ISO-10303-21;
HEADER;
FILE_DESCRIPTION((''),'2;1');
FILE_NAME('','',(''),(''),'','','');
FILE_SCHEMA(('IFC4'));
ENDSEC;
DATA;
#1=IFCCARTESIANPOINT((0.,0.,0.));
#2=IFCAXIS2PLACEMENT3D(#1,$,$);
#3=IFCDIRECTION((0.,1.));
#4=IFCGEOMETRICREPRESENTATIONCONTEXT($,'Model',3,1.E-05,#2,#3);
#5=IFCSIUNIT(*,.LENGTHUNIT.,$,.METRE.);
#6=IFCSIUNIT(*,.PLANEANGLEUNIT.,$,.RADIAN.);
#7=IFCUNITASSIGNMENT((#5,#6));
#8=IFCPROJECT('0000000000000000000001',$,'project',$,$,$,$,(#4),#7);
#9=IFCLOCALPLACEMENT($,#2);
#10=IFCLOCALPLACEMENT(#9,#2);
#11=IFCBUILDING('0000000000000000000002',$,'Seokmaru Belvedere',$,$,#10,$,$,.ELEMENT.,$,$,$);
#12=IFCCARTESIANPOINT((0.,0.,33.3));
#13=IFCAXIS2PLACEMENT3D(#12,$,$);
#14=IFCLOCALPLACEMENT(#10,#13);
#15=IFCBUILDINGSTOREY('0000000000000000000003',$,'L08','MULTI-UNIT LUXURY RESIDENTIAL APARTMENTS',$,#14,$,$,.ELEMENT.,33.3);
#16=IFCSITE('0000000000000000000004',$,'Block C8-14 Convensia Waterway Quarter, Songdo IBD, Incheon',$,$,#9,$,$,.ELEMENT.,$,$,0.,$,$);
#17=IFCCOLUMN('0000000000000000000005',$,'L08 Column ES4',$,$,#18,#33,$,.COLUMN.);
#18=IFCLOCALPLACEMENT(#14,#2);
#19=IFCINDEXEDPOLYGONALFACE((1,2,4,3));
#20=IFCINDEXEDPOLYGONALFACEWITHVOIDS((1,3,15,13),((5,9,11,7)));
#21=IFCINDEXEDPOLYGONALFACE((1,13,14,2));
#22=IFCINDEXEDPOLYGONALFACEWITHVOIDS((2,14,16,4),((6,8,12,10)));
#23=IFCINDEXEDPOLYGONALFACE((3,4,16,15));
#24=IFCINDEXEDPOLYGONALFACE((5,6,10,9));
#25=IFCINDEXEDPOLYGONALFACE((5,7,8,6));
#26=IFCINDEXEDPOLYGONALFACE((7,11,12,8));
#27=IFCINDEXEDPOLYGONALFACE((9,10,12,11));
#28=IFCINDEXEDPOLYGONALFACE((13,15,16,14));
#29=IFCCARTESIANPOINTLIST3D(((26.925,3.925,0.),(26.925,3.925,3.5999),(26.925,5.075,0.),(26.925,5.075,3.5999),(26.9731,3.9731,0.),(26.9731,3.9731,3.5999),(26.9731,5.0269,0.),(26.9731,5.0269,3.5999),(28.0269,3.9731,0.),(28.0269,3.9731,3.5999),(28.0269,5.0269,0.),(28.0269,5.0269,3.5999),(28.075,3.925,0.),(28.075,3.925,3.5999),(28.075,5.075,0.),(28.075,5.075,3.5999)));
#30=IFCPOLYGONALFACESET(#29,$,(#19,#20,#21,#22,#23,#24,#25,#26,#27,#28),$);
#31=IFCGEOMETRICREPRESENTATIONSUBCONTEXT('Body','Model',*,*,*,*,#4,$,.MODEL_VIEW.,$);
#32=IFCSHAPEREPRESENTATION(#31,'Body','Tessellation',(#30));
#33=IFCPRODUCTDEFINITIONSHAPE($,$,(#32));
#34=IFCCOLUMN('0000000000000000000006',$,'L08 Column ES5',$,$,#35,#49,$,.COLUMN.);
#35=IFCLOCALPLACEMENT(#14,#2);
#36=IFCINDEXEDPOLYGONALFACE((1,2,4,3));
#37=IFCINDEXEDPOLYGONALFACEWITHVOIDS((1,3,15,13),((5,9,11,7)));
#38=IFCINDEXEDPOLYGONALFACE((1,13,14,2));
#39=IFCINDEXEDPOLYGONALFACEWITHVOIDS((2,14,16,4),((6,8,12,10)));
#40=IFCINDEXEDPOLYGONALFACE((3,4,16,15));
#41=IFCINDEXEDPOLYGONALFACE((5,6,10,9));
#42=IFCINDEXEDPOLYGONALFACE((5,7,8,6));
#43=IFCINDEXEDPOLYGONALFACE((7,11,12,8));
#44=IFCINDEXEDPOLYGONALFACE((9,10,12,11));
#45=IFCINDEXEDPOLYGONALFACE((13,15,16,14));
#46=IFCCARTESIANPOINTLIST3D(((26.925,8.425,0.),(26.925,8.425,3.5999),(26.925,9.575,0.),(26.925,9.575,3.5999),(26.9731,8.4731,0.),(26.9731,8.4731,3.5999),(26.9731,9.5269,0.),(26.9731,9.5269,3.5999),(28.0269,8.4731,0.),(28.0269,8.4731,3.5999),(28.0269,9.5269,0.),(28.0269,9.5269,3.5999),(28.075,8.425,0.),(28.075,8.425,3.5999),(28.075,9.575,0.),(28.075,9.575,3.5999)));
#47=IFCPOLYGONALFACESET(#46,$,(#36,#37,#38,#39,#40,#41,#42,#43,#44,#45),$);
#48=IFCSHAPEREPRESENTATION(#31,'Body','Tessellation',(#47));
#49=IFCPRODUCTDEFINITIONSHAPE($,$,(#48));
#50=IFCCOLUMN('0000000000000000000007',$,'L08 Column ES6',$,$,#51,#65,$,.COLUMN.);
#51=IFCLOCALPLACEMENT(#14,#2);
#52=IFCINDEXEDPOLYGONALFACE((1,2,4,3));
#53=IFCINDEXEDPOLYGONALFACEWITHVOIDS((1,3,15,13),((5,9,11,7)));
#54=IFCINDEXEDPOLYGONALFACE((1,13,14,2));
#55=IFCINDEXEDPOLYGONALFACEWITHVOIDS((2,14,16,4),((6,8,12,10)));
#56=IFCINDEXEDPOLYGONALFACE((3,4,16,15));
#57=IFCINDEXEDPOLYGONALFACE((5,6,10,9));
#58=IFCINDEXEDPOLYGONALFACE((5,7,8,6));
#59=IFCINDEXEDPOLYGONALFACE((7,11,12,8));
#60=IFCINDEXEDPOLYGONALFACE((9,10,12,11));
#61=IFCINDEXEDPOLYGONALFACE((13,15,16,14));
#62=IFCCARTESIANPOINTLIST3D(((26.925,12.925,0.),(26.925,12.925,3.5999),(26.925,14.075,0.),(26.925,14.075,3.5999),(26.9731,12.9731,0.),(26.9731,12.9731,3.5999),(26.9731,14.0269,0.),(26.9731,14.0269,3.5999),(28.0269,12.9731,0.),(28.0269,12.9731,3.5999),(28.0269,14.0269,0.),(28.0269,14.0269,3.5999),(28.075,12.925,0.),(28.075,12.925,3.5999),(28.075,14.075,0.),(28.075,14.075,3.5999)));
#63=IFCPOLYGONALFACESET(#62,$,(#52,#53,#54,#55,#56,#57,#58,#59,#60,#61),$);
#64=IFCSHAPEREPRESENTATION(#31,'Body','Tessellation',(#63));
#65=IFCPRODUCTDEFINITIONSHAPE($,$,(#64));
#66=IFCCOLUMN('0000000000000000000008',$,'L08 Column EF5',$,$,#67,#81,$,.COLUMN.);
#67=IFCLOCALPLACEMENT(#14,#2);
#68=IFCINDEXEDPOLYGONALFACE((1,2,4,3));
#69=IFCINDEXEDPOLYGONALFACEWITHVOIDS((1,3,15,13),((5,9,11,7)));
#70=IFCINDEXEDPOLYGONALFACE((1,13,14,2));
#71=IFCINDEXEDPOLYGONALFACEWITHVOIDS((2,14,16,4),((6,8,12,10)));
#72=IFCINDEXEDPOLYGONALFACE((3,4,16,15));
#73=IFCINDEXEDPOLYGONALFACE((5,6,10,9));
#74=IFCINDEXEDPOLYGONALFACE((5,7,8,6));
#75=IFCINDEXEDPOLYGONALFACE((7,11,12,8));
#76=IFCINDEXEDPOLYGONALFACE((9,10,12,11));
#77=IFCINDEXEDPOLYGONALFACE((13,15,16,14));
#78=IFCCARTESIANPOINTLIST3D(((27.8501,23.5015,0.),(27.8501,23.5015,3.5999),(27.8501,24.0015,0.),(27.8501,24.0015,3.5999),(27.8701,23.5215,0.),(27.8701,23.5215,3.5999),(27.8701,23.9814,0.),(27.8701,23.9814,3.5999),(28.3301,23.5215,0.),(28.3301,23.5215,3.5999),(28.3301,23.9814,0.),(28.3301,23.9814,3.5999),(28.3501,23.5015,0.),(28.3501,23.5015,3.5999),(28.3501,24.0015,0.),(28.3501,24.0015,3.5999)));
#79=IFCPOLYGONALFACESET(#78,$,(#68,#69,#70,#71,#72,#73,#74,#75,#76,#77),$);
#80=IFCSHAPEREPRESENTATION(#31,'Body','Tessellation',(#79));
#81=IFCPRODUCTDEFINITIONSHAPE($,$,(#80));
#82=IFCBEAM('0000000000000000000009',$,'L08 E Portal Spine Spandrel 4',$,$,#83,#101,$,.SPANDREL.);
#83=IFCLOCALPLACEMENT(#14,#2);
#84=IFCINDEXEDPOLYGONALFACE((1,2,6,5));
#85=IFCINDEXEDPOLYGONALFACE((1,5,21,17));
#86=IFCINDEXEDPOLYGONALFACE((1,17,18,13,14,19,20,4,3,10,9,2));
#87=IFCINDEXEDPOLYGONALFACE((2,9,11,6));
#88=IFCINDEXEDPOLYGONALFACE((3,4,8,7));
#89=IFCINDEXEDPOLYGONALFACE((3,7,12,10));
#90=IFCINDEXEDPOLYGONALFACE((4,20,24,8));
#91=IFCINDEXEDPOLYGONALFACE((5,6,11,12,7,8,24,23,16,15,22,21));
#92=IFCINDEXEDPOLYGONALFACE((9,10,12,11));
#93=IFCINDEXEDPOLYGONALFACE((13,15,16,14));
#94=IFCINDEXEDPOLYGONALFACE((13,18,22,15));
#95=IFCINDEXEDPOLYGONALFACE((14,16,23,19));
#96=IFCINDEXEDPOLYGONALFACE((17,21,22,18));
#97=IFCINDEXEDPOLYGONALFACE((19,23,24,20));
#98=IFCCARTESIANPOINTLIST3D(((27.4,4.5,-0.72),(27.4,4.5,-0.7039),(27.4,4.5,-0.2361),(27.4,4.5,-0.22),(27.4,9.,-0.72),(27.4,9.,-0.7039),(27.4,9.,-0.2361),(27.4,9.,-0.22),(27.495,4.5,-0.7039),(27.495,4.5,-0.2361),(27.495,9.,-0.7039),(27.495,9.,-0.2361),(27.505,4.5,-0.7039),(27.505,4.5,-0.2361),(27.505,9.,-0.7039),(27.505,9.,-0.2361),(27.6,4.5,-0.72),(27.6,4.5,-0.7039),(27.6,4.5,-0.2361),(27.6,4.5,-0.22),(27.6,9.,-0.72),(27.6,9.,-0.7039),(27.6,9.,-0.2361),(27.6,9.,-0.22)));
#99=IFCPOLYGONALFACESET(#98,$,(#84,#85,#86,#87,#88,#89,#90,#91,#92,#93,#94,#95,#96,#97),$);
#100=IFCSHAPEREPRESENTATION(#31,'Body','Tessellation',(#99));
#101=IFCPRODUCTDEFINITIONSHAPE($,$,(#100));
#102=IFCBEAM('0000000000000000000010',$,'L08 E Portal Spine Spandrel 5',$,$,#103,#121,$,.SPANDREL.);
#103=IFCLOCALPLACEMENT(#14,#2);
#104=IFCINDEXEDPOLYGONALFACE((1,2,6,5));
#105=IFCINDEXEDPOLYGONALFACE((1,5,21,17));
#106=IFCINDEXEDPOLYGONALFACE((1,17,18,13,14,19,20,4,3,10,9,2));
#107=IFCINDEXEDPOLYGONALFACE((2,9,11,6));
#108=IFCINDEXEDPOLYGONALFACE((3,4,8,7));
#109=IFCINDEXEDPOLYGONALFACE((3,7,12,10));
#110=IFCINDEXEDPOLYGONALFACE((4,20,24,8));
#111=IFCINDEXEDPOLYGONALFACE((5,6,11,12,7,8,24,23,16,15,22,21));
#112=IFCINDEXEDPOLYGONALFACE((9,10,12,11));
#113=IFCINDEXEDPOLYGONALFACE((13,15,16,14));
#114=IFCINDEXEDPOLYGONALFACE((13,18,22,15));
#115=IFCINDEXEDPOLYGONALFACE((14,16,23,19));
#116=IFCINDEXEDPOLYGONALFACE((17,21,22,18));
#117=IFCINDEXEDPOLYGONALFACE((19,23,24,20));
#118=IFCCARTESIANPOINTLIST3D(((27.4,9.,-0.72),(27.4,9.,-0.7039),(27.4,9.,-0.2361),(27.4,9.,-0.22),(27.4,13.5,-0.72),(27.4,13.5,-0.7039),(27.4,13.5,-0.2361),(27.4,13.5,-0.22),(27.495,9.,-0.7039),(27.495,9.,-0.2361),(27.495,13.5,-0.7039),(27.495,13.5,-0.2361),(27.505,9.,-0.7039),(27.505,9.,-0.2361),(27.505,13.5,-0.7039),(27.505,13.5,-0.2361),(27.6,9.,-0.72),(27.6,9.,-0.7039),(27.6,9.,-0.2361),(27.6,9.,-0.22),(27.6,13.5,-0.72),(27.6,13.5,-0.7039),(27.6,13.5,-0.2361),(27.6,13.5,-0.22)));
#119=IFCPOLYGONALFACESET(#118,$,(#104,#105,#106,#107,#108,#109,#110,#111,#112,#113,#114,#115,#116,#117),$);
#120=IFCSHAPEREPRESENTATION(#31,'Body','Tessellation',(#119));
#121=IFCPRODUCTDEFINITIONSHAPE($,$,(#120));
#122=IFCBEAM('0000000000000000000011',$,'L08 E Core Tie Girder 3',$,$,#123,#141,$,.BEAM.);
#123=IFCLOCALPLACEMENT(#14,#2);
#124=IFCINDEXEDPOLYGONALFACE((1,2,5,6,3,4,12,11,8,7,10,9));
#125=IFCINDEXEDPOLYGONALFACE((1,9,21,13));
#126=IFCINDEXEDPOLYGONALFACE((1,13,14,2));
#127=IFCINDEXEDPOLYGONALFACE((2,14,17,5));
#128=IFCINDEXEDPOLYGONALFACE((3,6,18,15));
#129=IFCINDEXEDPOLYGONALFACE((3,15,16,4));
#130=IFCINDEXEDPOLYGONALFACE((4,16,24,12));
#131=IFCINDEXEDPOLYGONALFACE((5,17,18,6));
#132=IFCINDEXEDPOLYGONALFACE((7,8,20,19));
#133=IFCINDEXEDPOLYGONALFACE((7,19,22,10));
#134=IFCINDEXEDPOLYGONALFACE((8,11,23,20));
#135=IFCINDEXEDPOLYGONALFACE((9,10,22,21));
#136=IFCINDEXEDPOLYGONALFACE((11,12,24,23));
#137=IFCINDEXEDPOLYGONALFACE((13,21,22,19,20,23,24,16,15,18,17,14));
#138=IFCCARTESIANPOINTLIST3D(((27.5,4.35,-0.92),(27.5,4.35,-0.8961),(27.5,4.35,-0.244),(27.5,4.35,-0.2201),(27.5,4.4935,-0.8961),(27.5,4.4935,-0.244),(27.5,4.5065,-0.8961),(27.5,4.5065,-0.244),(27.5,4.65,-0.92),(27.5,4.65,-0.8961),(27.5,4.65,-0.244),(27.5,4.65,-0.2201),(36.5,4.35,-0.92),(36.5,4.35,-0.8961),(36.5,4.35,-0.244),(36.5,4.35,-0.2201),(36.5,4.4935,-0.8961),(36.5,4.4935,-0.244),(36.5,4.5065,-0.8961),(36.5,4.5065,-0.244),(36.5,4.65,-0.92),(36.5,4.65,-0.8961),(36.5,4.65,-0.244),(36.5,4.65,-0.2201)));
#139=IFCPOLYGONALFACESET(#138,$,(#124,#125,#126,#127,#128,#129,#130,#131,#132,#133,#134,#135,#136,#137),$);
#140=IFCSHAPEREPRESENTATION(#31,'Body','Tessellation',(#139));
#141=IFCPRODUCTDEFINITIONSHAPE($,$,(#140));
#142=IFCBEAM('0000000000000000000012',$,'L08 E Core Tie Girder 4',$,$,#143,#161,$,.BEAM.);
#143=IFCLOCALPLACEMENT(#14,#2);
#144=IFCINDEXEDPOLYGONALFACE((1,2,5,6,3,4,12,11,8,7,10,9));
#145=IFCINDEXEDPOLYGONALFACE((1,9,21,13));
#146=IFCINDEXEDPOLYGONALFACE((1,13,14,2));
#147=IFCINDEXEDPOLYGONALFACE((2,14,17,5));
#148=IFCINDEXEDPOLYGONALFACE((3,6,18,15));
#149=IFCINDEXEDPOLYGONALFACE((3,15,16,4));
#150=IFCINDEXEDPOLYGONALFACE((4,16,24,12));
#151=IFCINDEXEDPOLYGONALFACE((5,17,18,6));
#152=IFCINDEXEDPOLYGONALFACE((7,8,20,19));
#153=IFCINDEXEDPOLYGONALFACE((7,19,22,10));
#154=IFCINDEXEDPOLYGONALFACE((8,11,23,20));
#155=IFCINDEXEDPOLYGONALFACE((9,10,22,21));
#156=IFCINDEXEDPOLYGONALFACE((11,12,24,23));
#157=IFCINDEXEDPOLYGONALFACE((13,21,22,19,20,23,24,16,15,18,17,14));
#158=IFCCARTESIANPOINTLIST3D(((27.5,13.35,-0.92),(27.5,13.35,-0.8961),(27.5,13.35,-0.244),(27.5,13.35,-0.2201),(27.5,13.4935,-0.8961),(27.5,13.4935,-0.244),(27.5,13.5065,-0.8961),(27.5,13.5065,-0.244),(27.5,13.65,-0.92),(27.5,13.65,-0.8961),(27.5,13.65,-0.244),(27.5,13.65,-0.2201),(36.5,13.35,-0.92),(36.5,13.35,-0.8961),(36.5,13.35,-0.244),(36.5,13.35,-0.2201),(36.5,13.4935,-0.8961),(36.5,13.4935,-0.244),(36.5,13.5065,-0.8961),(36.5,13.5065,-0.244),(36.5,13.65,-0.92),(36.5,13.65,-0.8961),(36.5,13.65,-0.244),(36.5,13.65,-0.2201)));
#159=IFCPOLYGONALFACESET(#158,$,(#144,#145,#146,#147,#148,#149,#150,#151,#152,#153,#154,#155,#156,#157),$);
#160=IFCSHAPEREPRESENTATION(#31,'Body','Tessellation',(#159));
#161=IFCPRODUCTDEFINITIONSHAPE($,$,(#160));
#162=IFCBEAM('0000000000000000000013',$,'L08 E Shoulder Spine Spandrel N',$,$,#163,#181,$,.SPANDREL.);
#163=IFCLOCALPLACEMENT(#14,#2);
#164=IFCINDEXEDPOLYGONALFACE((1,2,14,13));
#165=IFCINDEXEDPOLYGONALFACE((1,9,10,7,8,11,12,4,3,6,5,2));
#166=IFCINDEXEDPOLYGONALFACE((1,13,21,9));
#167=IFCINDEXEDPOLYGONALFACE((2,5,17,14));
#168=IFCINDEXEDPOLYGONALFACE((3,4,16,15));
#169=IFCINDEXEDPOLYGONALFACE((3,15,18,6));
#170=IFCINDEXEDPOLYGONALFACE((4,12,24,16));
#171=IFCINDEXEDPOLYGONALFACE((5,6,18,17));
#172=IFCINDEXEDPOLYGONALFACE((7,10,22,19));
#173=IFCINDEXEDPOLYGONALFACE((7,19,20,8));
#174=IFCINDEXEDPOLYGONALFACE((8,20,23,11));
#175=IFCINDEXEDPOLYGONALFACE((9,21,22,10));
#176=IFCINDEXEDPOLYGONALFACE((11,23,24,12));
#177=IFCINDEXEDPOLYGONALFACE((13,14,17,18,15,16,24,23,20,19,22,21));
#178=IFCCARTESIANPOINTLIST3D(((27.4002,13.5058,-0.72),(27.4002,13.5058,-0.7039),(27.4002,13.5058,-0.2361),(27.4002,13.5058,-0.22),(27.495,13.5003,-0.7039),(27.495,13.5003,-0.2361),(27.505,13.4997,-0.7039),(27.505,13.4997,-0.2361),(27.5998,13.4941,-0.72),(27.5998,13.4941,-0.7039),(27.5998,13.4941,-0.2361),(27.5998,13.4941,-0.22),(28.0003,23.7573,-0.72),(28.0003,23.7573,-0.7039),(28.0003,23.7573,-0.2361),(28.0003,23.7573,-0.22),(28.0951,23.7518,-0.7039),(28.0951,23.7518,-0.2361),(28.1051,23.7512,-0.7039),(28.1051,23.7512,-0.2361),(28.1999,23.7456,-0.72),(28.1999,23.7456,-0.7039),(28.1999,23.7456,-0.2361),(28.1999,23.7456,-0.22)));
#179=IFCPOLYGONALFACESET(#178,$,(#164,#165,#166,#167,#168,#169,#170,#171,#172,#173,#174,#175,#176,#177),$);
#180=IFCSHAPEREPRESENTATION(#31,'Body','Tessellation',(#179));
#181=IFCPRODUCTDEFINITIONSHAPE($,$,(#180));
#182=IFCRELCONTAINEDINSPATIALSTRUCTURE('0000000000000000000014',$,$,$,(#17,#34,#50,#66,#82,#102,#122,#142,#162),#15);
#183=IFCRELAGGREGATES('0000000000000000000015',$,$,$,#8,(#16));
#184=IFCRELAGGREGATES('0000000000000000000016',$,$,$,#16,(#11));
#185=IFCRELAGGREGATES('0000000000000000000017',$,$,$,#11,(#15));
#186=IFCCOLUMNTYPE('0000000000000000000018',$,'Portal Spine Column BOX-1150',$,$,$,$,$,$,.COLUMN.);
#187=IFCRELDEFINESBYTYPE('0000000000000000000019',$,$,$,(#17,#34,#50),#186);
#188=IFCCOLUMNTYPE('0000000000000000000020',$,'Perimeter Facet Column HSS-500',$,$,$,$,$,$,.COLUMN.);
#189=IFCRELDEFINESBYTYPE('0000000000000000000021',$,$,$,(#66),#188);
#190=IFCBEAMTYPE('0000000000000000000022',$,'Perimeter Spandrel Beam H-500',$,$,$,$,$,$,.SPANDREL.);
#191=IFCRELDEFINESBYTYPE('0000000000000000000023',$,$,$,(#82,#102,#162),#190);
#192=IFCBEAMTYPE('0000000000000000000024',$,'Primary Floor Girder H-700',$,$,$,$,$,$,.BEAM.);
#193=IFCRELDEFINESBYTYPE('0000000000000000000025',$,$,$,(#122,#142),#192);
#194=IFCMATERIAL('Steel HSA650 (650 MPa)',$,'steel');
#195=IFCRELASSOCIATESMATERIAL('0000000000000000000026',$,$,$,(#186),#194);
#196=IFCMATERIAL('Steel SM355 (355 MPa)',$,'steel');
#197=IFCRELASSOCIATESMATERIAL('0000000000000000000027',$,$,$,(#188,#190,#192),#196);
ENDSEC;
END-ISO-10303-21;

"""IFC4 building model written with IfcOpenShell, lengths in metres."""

from ifc_helpers import new_model, si_unit, direction, frame, origin, origin_2d, place, context, subcontext, project, spatial, hollow_rectangle, i_section, extrude, source, transform, mapped, material, material_profile, profile_set, type_object, type_shapes, element, save


model = new_model("IFC4")

# Units and contexts
model_context = context("Model", 3, precision=1e-05, world=origin(), true_north=direction((0.0, 1.0)))
body_context = subcontext(model_context, "Body", "Model", "MODEL_VIEW")
ifc_project = project(units=[si_unit("LENGTHUNIT", "METRE"), si_unit("PLANEANGLEUNIT", "RADIAN")], contexts=[model_context])

# Site, building, storey
site_placement = place(None, origin())
site = spatial("IfcSite", under=ifc_project, at=site_placement, Name="Block C8-14 Convensia Waterway Quarter, Songdo IBD, Incheon", CompositionType="ELEMENT", RefElevation=0.0)
building_placement = place(site_placement, origin())
building = spatial("IfcBuilding", under=site, at=building_placement, Name="Seokmaru Belvedere", CompositionType="ELEMENT")
storey_placement = place(building_placement, frame((0.0, 0.0, 33.3)))
storey = spatial("IfcBuildingStorey", under=building, at=storey_placement, Name="L08", Description="MULTI-UNIT LUXURY RESIDENTIAL APARTMENTS", CompositionType="ELEMENT", Elevation=33.3)

# Columns
ifc_material_1 = material(Name="Steel HSA650 (650 MPa)", Category="steel")
ifc_material_profile_1 = material_profile(ifc_material_1, hollow_rectangle(XDim=1.1499, YDim=1.1499, WallThickness=0.0481, at=origin_2d()), Name="BOX-1150x1150x48")
ifc_profile_set_1 = profile_set([ifc_material_profile_1], Name="Steel HSA650 (650 MPa)")
column_type_1 = type_object("IfcColumnType", Name="Portal Spine Column BOX-1150", PredefinedType="COLUMN", material=ifc_profile_set_1)
shared_shape_1 = source(origin(), body_context, "Body", "SweptSolid", [
    extrude(hollow_rectangle(XDim=1.1499, YDim=1.1499, WallThickness=0.0481, at=origin_2d()), origin(), (0.0, 0.0, 1.0), 3.5999),
])
type_shapes(column_type_1, [shared_shape_1])
for number, where, z_axis, x_axis, name in (
    (1, (27.5, 4.5, 0.0), (0.0, 0.0, 1.0), (1.0, 0.0, 0.0), "L08 Column ES4"),
    (2, (27.5, 9.0, 0.0), (0.0, 0.0, 1.0), (1.0, 0.0, 0.0), "L08 Column ES5"),
    (3, (27.5, 13.5, 0.0), (0.0, 0.0, 1.0), (1.0, 0.0, 0.0), "L08 Column ES6"),
):
    element("IfcColumn", number, at=place(storey_placement, frame(where, z_axis=z_axis, x_axis=x_axis)), inside=storey, type_object=column_type_1, Name=name, PredefinedType="COLUMN", context=body_context, shape_type="MappedRepresentation", body=[
        mapped(shared_shape_1, transform((0.0, 0.0, 0.0), scale=1.0)),
    ])
ifc_material_2 = material(Name="Steel SM355 (355 MPa)", Category="steel")
ifc_material_profile_2 = material_profile(ifc_material_2, hollow_rectangle(XDim=0.5, YDim=0.5, WallThickness=0.02, at=origin_2d()), Name="HSS-500x500x20")
ifc_profile_set_2 = profile_set([ifc_material_profile_2], Name="Steel SM355 (355 MPa)")
column_type_2 = type_object("IfcColumnType", Name="Perimeter Facet Column HSS-500", PredefinedType="COLUMN", material=ifc_profile_set_2)
shared_shape_2 = source(origin(), body_context, "Body", "SweptSolid", [
    extrude(hollow_rectangle(XDim=0.5, YDim=0.5, WallThickness=0.02, at=origin_2d()), origin(), (0.0, 0.0, 1.0), 3.5999),
])
type_shapes(column_type_2, [shared_shape_2])
column_placement = place(storey_placement, frame((28.1001, 23.7515, 0.0), z_axis=(0.0, 0.0, 1.0), x_axis=(1.0, 0.0, 0.0)))
element("IfcColumn", 4, at=column_placement, inside=storey, type_object=column_type_2, Name="L08 Column EF5", PredefinedType="COLUMN", context=body_context, shape_type="MappedRepresentation", body=[
    mapped(shared_shape_2, transform((0.0, 0.0, 0.0), scale=1.0)),
])

# Beams
ifc_material_profile_3 = material_profile(ifc_material_2, i_section(OverallWidth=0.2, OverallDepth=0.5, WebThickness=0.01, FlangeThickness=0.0161, at=origin_2d()), Name="H-500x200x10x16")
ifc_profile_set_3 = profile_set([ifc_material_profile_3], Name="Steel SM355 (355 MPa)")
beam_type_1 = type_object("IfcBeamType", Name="Perimeter Spandrel Beam H-500", PredefinedType="SPANDREL", material=ifc_profile_set_3)
shared_shape_3 = source(origin(), body_context, "Body", "SweptSolid", [
    extrude(i_section(OverallWidth=0.2, OverallDepth=0.5, WebThickness=0.01, FlangeThickness=0.0161, at=origin_2d()), origin(), (0.0, 0.0, 1.0), 4.5),
])
for number, where, z_axis, x_axis, name in (
    (5, (27.5, 4.5, -0.47), (0.0, 1.0, 0.0), (-1.0, 0.0, 0.0), "L08 E Portal Spine Spandrel 4"),
    (6, (27.5, 9.0, -0.47), (0.0, 1.0, 0.0), (-1.0, 0.0, 0.0), "L08 E Portal Spine Spandrel 5"),
):
    element("IfcBeam", number, at=place(storey_placement, frame(where, z_axis=z_axis, x_axis=x_axis)), inside=storey, type_object=beam_type_1, Name=name, PredefinedType="SPANDREL", context=body_context, shape_type="MappedRepresentation", body=[
        mapped(shared_shape_3, transform((0.0, 0.0, 0.0), scale=1.0)),
    ])
ifc_material_profile_4 = material_profile(ifc_material_2, i_section(OverallWidth=0.3, OverallDepth=0.7, WebThickness=0.0129, FlangeThickness=0.0239, at=origin_2d()), Name="H-700x300x13x24")
ifc_profile_set_4 = profile_set([ifc_material_profile_4], Name="Steel SM355 (355 MPa)")
beam_type_2 = type_object("IfcBeamType", Name="Primary Floor Girder H-700", PredefinedType="BEAM", material=ifc_profile_set_4)
shared_shape_4 = source(origin(), body_context, "Body", "SweptSolid", [
    extrude(i_section(OverallWidth=0.3, OverallDepth=0.7, WebThickness=0.0129, FlangeThickness=0.0239, at=origin_2d()), origin(), (0.0, 0.0, 1.0), 9.0),
])
type_shapes(beam_type_2, [shared_shape_4])
for number, where, z_axis, x_axis, name in (
    (7, (27.5, 4.5, -0.5701), (1.0, 0.0, 0.0), (0.0, 1.0, 0.0), "L08 E Core Tie Girder 3"),
    (8, (27.5, 13.5, -0.5701), (1.0, 0.0, 0.0), (0.0, 1.0, 0.0), "L08 E Core Tie Girder 4"),
):
    element("IfcBeam", number, at=place(storey_placement, frame(where, z_axis=z_axis, x_axis=x_axis)), inside=storey, type_object=beam_type_2, Name=name, PredefinedType="BEAM", context=body_context, shape_type="MappedRepresentation", body=[
        mapped(shared_shape_4, transform((0.0, 0.0, 0.0), scale=1.0)),
    ])
shared_shape_5 = source(origin(), body_context, "Body", "SweptSolid", [
    extrude(i_section(OverallWidth=0.2, OverallDepth=0.5, WebThickness=0.01, FlangeThickness=0.0161, at=origin_2d()), origin(), (0.0, 0.0, 1.0), 10.269),
])
type_shapes(beam_type_1, [shared_shape_3, shared_shape_5])
beam_placement = place(storey_placement, frame((28.1001, 23.7515, -0.47), z_axis=(-0.058438, -0.998291, 0.0), x_axis=(0.998291, -0.058438, 0.0)))
element("IfcBeam", 9, at=beam_placement, inside=storey, type_object=beam_type_1, Name="L08 E Shoulder Spine Spandrel N", PredefinedType="SPANDREL", context=body_context, shape_type="MappedRepresentation", body=[
    mapped(shared_shape_5, transform((0.0, 0.0, 0.0), scale=1.0)),
])

save(model, "model.ifc")
